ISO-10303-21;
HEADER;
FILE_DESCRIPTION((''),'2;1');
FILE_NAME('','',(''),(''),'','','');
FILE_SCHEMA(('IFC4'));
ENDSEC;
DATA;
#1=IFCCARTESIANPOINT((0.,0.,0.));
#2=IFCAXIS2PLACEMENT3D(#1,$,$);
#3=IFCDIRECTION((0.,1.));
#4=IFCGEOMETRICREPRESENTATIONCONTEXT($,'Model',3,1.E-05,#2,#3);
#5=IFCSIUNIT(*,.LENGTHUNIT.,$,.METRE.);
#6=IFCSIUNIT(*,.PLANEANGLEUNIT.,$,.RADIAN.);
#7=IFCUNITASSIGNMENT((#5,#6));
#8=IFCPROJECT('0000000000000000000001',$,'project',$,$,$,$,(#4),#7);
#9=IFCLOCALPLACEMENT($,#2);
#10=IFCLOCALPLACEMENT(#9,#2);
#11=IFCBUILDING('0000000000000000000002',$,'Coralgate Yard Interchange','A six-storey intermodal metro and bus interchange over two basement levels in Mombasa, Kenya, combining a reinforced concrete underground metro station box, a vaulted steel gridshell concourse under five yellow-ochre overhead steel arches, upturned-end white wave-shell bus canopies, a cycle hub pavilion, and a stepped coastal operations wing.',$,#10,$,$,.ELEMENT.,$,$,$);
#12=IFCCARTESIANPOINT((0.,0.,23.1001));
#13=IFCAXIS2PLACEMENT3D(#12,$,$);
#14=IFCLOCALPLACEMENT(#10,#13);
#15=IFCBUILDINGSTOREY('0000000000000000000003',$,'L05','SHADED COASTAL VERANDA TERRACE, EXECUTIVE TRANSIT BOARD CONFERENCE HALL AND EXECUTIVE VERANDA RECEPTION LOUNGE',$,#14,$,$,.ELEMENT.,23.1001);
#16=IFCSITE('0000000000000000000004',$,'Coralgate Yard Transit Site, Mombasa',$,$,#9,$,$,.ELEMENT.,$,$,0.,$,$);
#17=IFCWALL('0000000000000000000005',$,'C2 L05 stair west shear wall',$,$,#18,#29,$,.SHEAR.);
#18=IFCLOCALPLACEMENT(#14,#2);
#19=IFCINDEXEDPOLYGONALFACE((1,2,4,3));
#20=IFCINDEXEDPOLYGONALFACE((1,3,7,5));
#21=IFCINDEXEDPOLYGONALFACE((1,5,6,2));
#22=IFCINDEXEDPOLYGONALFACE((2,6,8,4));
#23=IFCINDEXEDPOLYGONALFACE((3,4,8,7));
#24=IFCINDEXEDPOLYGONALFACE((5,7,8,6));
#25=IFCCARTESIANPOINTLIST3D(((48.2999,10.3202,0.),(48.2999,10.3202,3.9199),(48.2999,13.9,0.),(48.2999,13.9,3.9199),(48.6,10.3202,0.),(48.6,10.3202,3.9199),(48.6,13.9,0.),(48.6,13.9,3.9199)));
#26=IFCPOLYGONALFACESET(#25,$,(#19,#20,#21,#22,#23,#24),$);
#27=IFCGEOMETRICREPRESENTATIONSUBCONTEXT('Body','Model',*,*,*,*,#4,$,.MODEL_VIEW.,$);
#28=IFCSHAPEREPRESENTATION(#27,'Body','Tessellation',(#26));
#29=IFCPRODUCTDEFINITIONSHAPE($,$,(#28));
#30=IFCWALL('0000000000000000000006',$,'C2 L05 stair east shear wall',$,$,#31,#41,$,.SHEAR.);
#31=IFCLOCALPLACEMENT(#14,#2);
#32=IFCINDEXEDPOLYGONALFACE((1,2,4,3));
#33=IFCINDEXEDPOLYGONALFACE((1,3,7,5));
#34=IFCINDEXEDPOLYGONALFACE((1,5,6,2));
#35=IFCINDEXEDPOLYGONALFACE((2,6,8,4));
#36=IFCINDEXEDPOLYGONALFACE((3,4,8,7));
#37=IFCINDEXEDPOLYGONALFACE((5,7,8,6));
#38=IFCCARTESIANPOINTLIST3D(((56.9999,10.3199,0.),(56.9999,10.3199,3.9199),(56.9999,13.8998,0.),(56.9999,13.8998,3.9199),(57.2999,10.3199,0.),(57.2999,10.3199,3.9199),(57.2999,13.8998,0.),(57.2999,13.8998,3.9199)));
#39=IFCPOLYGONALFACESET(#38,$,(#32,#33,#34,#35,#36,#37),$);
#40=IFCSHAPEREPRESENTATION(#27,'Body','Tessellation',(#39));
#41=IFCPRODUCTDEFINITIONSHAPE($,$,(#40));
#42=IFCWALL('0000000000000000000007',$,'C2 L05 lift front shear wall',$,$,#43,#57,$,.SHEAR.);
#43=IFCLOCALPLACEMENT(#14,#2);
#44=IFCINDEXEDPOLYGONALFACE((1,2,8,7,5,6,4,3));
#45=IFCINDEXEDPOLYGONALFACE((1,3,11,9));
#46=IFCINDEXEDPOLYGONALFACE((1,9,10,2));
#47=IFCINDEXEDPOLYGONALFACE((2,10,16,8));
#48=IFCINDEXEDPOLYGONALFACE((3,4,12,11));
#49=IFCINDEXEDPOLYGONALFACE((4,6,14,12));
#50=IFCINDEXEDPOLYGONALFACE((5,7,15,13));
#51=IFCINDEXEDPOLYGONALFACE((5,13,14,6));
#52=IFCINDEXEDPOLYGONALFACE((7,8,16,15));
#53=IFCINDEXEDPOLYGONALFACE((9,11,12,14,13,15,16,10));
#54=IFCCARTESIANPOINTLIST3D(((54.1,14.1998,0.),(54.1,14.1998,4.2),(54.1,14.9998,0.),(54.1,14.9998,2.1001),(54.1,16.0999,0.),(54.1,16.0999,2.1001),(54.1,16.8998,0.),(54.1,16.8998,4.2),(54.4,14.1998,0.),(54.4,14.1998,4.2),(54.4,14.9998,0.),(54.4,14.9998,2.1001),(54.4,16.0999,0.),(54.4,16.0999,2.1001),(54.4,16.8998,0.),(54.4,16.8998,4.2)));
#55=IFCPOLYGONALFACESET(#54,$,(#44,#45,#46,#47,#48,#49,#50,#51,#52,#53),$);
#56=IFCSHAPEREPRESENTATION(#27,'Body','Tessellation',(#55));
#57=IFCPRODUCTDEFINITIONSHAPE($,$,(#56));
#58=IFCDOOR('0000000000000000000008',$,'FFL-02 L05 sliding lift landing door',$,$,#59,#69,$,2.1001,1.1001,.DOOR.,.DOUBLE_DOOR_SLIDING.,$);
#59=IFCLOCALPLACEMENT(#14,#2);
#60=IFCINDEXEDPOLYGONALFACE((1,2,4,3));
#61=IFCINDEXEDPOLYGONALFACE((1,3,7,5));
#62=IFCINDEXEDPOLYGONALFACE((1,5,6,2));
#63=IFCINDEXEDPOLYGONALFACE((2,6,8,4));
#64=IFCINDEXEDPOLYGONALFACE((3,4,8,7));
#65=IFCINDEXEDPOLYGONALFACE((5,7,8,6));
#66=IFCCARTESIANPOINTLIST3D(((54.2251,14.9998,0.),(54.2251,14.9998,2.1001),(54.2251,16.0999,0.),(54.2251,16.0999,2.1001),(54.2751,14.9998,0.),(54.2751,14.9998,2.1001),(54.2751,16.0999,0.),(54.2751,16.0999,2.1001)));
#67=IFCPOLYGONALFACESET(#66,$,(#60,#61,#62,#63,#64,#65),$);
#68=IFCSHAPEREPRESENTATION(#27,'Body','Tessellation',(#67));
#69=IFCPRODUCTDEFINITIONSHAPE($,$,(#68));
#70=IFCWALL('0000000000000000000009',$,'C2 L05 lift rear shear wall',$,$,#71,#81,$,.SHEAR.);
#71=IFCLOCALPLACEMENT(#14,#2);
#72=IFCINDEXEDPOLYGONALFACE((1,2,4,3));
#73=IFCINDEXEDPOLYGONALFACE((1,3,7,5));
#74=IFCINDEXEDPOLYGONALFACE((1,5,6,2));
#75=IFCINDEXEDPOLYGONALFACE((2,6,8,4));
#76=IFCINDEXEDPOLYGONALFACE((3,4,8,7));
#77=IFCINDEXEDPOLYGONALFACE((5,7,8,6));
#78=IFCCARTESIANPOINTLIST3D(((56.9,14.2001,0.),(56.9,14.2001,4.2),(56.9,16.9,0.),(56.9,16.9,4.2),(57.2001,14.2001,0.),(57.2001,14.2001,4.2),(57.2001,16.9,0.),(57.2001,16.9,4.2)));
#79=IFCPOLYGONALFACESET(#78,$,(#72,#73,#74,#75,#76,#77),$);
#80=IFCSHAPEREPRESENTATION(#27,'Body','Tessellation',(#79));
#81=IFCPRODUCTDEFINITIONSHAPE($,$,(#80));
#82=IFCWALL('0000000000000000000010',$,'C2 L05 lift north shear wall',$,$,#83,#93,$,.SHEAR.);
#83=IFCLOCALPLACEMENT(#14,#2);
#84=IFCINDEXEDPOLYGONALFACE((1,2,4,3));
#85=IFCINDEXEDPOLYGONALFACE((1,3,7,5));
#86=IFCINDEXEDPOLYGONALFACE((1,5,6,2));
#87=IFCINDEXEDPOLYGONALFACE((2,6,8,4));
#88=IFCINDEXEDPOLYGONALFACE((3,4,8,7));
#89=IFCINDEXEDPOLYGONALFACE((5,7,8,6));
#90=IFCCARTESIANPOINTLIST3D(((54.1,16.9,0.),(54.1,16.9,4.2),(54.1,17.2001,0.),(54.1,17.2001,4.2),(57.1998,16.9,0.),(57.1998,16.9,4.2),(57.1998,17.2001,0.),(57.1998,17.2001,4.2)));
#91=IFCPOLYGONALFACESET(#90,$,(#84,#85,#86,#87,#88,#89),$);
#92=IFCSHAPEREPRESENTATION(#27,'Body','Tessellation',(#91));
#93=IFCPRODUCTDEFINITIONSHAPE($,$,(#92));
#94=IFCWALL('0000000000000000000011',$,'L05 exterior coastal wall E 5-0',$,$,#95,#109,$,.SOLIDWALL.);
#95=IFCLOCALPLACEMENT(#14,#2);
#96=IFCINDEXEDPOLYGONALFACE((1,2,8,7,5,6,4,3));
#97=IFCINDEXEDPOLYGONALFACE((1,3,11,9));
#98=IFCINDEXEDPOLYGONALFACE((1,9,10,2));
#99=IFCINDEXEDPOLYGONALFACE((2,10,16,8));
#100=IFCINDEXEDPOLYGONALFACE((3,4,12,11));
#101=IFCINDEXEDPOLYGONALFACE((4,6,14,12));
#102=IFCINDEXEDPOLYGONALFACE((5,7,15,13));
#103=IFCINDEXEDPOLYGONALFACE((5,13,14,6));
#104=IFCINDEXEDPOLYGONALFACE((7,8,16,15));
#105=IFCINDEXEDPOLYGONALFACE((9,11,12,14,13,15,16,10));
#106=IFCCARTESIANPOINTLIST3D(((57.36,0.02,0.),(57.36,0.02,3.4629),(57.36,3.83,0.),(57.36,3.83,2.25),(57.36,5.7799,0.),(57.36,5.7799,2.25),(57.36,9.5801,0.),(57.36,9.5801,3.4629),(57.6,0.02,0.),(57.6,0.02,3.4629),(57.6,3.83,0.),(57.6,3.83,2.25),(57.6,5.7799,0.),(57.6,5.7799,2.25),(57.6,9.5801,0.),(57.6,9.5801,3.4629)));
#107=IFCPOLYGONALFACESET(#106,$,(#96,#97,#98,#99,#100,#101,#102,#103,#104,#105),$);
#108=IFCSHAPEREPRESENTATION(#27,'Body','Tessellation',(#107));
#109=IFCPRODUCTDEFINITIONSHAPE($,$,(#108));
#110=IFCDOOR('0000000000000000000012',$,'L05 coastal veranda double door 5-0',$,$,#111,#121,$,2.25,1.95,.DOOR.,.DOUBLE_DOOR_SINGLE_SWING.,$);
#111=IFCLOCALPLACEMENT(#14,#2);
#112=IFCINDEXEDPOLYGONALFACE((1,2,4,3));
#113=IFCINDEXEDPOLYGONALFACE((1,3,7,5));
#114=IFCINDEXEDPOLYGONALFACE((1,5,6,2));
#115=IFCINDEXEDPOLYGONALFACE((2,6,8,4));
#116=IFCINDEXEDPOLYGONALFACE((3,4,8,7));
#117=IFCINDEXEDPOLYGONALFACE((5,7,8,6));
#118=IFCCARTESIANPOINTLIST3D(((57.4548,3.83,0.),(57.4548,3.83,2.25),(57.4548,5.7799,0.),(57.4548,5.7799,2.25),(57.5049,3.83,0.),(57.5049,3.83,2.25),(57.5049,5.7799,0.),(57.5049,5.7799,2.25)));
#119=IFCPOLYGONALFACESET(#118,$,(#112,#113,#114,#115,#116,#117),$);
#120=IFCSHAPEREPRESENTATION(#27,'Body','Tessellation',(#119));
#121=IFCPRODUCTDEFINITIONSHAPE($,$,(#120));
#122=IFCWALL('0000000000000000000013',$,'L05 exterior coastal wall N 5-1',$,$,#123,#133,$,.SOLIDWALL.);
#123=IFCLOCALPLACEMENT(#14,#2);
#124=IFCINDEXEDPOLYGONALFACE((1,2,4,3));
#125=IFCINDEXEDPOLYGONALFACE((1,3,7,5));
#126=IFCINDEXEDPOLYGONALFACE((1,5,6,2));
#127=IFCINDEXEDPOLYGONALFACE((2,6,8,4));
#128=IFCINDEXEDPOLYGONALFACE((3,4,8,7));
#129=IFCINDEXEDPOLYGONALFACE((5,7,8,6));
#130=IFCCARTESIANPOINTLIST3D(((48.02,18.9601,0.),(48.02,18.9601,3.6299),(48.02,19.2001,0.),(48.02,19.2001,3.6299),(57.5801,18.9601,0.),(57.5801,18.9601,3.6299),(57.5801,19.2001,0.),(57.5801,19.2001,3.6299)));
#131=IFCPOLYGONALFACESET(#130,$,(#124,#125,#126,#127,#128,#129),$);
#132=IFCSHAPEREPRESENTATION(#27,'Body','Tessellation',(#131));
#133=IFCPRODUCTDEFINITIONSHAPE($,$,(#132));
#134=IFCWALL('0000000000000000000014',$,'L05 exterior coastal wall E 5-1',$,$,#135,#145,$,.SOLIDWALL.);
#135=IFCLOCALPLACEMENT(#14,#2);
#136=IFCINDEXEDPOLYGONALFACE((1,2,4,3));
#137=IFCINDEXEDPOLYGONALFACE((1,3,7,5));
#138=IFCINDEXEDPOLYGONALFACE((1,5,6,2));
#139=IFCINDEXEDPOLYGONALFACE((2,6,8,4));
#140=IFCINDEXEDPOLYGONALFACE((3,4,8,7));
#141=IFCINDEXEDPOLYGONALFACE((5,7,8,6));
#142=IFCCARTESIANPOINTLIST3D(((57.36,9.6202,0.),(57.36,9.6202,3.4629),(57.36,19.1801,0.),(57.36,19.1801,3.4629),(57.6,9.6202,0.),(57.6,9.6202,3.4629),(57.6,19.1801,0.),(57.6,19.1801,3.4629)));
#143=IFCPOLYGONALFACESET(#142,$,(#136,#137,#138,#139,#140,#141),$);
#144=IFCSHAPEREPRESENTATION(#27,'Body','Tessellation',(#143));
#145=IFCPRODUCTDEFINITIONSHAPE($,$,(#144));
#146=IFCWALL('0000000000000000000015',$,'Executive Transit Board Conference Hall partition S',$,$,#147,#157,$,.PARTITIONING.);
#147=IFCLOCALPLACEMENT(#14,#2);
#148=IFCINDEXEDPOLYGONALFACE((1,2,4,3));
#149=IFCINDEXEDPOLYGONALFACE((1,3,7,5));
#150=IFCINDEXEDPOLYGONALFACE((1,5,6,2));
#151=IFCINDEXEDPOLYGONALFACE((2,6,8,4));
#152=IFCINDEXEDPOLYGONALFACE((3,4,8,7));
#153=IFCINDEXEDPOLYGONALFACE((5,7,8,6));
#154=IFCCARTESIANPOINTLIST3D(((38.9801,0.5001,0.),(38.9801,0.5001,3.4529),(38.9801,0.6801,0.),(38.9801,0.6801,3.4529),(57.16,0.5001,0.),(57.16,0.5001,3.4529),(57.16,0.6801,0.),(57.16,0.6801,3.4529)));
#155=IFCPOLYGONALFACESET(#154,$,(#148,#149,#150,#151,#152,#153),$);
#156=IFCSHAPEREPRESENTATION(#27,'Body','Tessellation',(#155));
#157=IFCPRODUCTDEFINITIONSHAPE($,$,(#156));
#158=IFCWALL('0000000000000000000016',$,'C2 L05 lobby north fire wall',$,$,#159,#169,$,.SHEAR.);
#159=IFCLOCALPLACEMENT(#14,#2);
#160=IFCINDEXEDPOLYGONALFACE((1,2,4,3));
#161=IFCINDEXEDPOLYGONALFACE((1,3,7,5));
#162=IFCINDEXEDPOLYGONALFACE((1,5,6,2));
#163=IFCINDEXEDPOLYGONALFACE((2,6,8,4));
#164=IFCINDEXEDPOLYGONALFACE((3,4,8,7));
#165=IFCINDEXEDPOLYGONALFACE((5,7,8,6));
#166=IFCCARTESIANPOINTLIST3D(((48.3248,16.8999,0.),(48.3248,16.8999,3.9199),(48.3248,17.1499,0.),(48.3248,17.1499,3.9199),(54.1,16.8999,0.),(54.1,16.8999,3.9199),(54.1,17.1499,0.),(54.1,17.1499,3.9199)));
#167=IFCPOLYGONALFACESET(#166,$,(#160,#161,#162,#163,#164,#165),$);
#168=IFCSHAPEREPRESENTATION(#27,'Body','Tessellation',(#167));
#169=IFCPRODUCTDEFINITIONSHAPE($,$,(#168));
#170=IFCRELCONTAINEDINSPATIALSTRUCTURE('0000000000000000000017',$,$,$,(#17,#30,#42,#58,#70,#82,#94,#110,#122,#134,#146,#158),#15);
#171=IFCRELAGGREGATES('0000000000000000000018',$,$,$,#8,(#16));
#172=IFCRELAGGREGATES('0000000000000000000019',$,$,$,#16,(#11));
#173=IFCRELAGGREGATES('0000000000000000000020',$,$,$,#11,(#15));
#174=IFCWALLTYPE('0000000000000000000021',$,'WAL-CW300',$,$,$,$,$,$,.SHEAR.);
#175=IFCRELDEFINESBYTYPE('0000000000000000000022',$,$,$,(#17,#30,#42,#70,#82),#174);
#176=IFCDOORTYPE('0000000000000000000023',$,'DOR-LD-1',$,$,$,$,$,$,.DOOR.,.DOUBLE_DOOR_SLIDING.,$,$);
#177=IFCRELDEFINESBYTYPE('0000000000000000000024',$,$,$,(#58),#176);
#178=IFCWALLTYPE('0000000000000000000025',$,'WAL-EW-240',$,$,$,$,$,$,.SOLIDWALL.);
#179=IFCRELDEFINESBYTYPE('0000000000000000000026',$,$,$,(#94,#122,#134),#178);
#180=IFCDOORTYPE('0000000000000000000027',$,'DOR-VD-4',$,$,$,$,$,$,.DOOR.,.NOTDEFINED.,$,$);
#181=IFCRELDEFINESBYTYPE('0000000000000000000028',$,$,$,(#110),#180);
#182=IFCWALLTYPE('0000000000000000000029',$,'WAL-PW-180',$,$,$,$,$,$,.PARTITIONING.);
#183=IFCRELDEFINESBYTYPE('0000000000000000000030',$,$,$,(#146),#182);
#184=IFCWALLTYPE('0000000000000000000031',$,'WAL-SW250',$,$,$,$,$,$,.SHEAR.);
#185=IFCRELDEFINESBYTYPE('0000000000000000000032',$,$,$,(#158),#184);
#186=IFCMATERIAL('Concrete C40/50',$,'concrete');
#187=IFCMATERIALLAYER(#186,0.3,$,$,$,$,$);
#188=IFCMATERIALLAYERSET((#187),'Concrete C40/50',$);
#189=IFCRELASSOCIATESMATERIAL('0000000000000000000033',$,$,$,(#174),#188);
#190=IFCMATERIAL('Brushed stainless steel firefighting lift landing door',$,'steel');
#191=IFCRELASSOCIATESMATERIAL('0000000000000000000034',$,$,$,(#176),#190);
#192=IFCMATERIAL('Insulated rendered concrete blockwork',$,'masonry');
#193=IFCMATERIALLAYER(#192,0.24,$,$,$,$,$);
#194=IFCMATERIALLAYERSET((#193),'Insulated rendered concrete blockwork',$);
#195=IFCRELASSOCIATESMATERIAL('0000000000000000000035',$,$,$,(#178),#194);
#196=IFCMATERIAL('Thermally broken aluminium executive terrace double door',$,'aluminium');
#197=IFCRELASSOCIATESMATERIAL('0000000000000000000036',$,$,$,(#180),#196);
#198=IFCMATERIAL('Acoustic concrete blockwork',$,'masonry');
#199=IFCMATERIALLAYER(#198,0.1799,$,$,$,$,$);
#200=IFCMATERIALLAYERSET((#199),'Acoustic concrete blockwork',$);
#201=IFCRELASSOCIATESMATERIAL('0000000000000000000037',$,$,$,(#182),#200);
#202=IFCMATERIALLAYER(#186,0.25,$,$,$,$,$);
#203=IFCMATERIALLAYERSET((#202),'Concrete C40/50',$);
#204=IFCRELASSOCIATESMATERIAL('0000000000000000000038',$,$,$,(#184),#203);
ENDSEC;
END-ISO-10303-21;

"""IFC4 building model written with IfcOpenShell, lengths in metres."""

from ifc_helpers import new_model, si_unit, direction, frame, frame_2d, origin, place, context, subcontext, project, spatial, rectangle, extrude, material, layer, layer_set, type_object, element, fill, save


model = new_model("IFC4")

# Units and contexts
model_context = context("Model", 3, precision=1e-05, world=origin(), true_north=direction((0.0, 1.0)))
body_context = subcontext(model_context, "Body", "Model", "MODEL_VIEW")
ifc_project = project(units=[si_unit("LENGTHUNIT", "METRE"), si_unit("PLANEANGLEUNIT", "RADIAN")], contexts=[model_context])

# Site, building, storey
site_placement = place(None, origin())
site = spatial("IfcSite", under=ifc_project, at=site_placement, Name="Coralgate Yard Transit Site, Mombasa", CompositionType="ELEMENT", RefElevation=0.0)
building_placement = place(site_placement, origin())
building = spatial("IfcBuilding", under=site, at=building_placement, Name="Coralgate Yard Interchange", Description="A six-storey intermodal metro and bus interchange over two basement levels in Mombasa, Kenya, combining a reinforced concrete underground metro station box, a vaulted steel gridshell concourse under five yellow-ochre overhead steel arches, upturned-end white wave-shell bus canopies, a cycle hub pavilion, and a stepped coastal operations wing.", CompositionType="ELEMENT")
storey_placement = place(building_placement, frame((0.0, 0.0, 23.1001)))
storey = spatial("IfcBuildingStorey", under=building, at=storey_placement, Name="L05", Description="SHADED COASTAL VERANDA TERRACE, EXECUTIVE TRANSIT BOARD CONFERENCE HALL AND EXECUTIVE VERANDA RECEPTION LOUNGE", CompositionType="ELEMENT", Elevation=23.1001)

# Shared definitions
ifc_material_1 = material(Name="Concrete C40/50", Category="concrete")
ifc_layer_1 = layer(ifc_material_1, 0.3)
ifc_layer_set_1 = layer_set([ifc_layer_1], Name="Concrete C40/50")
wall_type_1 = type_object("IfcWallType", Name="WAL-CW300", PredefinedType="SHEAR", material=ifc_layer_set_1)

# Walls
for number, where, z_axis, x_axis, name in (
    (1, (48.45, 10.3201, 0.0), (0.0, 0.0, 1.0), (0.0, 1.0, 0.0), "C2 L05 stair west shear wall"),
    (2, (57.1499, 13.8999, 0.0), (0.0, 0.0, 1.0), (0.0, -1.0, 0.0), "C2 L05 stair east shear wall"),
):
    element("IfcWall", number, at=place(storey_placement, frame(where, z_axis=z_axis, x_axis=x_axis)), inside=storey, type_object=wall_type_1, Name=name, PredefinedType="SHEAR", context=body_context, shape_type="SweptSolid", body=[
        extrude(rectangle(XDim=3.5798, YDim=0.3, at=frame_2d((1.79, 0.0))), origin(), (0.0, 0.0, 1.0), 3.9199),
    ])

# Wall, opening, door
wall_1_placement = place(storey_placement, frame((54.25, 16.8999, 0.0), z_axis=(0.0, 0.0, 1.0), x_axis=(0.0, -1.0, 0.0)))
wall_1 = element("IfcWall", 3, at=wall_1_placement, inside=storey, type_object=wall_type_1, Name="C2 L05 lift front shear wall", PredefinedType="SHEAR", context=body_context, shape_type="SweptSolid", body=[
    extrude(rectangle(XDim=2.7, YDim=0.3, at=frame_2d((1.3501, 0.0))), origin(), (0.0, 0.0, 1.0), 4.2),
])
opening_1_placement = place(wall_1_placement, frame((0.8, 0.0, 0.0)))
opening_1 = element("IfcOpeningElement", 4, at=opening_1_placement, cuts=wall_1, PredefinedType="OPENING", context=body_context, shape_type="SweptSolid", body=[
    extrude(rectangle(XDim=1.1001, YDim=2.1001, at=frame_2d((0.55, 1.05))), frame((0.0, 0.1599, 0.0), z_axis=(0.0, -1.0, 0.0), x_axis=(1.0, 0.0, 0.0)), (0.0, 0.0, 1.0), 0.3201),
])
ifc_material_2 = material(Name="Brushed stainless steel firefighting lift landing door", Category="steel")
door_type_1 = type_object("IfcDoorType", Name="DOR-LD-1", OperationType="DOUBLE_DOOR_SLIDING", PredefinedType="DOOR", material=ifc_material_2)
door_1_placement = place(opening_1_placement, frame((1.1001, 0.0, 0.0), z_axis=(0.0, 0.0, 1.0), x_axis=(-1.0, 0.0, 0.0)))
door_1 = element("IfcDoor", 5, at=door_1_placement, inside=storey, type_object=door_type_1, Name="FFL-02 L05 sliding lift landing door", OperationType="DOUBLE_DOOR_SLIDING", OverallHeight=2.1001, OverallWidth=1.1001, PredefinedType="DOOR", context=body_context, shape_type="SweptSolid", body=[
    extrude(rectangle(XDim=1.1001, YDim=2.1001, at=frame_2d((0.55, 1.05))), frame((0.0, 0.0249, 0.0), z_axis=(0.0, -1.0, 0.0), x_axis=(1.0, 0.0, 0.0)), (0.0, 0.0, 1.0), 0.05),
])
fill(opening_1, door_1)

# Walls
wall_2_placement = place(storey_placement, frame((57.05, 14.2, 0.0), z_axis=(0.0, 0.0, 1.0), x_axis=(0.0, 1.0, 0.0)))
element("IfcWall", 6, at=wall_2_placement, inside=storey, type_object=wall_type_1, Name="C2 L05 lift rear shear wall", PredefinedType="SHEAR", context=body_context, shape_type="SweptSolid", body=[
    extrude(rectangle(XDim=2.7, YDim=0.3, at=frame_2d((1.3501, 0.0))), origin(), (0.0, 0.0, 1.0), 4.2),
])
wall_3_placement = place(storey_placement, frame((54.1001, 17.05, 0.0), z_axis=(0.0, 0.0, 1.0), x_axis=(1.0, 0.0, 0.0)))
element("IfcWall", 7, at=wall_3_placement, inside=storey, type_object=wall_type_1, Name="C2 L05 lift north shear wall", PredefinedType="SHEAR", context=body_context, shape_type="SweptSolid", body=[
    extrude(rectangle(XDim=3.0999, YDim=0.3, at=frame_2d((1.5498, 0.0))), origin(), (0.0, 0.0, 1.0), 4.2),
])

# Wall, opening, door
ifc_material_3 = material(Name="Insulated rendered concrete blockwork", Category="masonry")
ifc_layer_2 = layer(ifc_material_3, 0.24)
ifc_layer_set_2 = layer_set([ifc_layer_2], Name="Insulated rendered concrete blockwork")
wall_type_2 = type_object("IfcWallType", Name="WAL-EW-240", PredefinedType="SOLIDWALL", material=ifc_layer_set_2)
wall_4_placement = place(storey_placement, frame((57.48, 9.5801, 0.0), z_axis=(0.0, 0.0, 1.0), x_axis=(0.0, -1.0, 0.0)))
wall_4 = element("IfcWall", 8, at=wall_4_placement, inside=storey, type_object=wall_type_2, Name="L05 exterior coastal wall E 5-0", PredefinedType="SOLIDWALL", context=body_context, shape_type="SweptSolid", body=[
    extrude(rectangle(XDim=9.5601, YDim=0.24, at=frame_2d((4.78, 0.0))), origin(), (0.0, 0.0, 1.0), 3.4629),
])
opening_2_placement = place(wall_4_placement, frame((3.8, 0.0, 0.0)))
opening_2 = element("IfcOpeningElement", 9, at=opening_2_placement, cuts=wall_4, PredefinedType="OPENING", context=body_context, shape_type="SweptSolid", body=[
    extrude(rectangle(XDim=1.95, YDim=2.25, at=frame_2d((0.9751, 1.125))), frame((0.0, 0.1299, 0.0), z_axis=(0.0, -1.0, 0.0), x_axis=(1.0, 0.0, 0.0)), (0.0, 0.0, 1.0), 0.26),
])
ifc_material_4 = material(Name="Thermally broken aluminium executive terrace double door", Category="aluminium")
door_type_2 = type_object("IfcDoorType", Name="DOR-VD-4", OperationType="NOTDEFINED", PredefinedType="DOOR", material=ifc_material_4)
door_2_placement = place(opening_2_placement, origin())
door_2 = element("IfcDoor", 10, at=door_2_placement, inside=storey, type_object=door_type_2, Name="L05 coastal veranda double door 5-0", OperationType="DOUBLE_DOOR_SINGLE_SWING", OverallHeight=2.25, OverallWidth=1.95, PredefinedType="DOOR", context=body_context, shape_type="SweptSolid", body=[
    extrude(rectangle(XDim=1.95, YDim=2.25, at=frame_2d((0.9751, 1.125))), frame((0.0, 0.0249, 0.0), z_axis=(0.0, -1.0, 0.0), x_axis=(1.0, 0.0, 0.0)), (0.0, 0.0, 1.0), 0.05),
])
fill(opening_2, door_2)

# Walls
wall_5_placement = place(storey_placement, frame((48.02, 19.0801, 0.0), z_axis=(0.0, 0.0, 1.0), x_axis=(1.0, 0.0, 0.0)))
element("IfcWall", 11, at=wall_5_placement, inside=storey, type_object=wall_type_2, Name="L05 exterior coastal wall N 5-1", PredefinedType="SOLIDWALL", context=body_context, shape_type="SweptSolid", body=[
    extrude(rectangle(XDim=9.5601, YDim=0.24, at=frame_2d((4.78, 0.0))), origin(), (0.0, 0.0, 1.0), 3.6299),
])
wall_6_placement = place(storey_placement, frame((57.48, 19.1799, 0.0), z_axis=(0.0, 0.0, 1.0), x_axis=(0.0, -1.0, 0.0)))
element("IfcWall", 12, at=wall_6_placement, inside=storey, type_object=wall_type_2, Name="L05 exterior coastal wall E 5-1", PredefinedType="SOLIDWALL", context=body_context, shape_type="SweptSolid", body=[
    extrude(rectangle(XDim=9.5598, YDim=0.24, at=frame_2d((4.7798, 0.0))), origin(), (0.0, 0.0, 1.0), 3.4629),
])
ifc_material_5 = material(Name="Acoustic concrete blockwork", Category="masonry")
ifc_layer_3 = layer(ifc_material_5, 0.1799)
ifc_layer_set_3 = layer_set([ifc_layer_3], Name="Acoustic concrete blockwork")
wall_type_3 = type_object("IfcWallType", Name="WAL-PW-180", PredefinedType="PARTITIONING", material=ifc_layer_set_3)
wall_7_placement = place(storey_placement, frame((57.1599, 0.5901, 0.0), z_axis=(0.0, 0.0, 1.0), x_axis=(-1.0, 0.0, 0.0)))
element("IfcWall", 13, at=wall_7_placement, inside=storey, type_object=wall_type_3, Name="Executive Transit Board Conference Hall partition S", PredefinedType="PARTITIONING", context=body_context, shape_type="SweptSolid", body=[
    extrude(rectangle(XDim=18.1799, YDim=0.1799, at=frame_2d((9.0898, 0.0))), origin(), (0.0, 0.0, 1.0), 3.4529),
])
ifc_layer_4 = layer(ifc_material_1, 0.25)
ifc_layer_set_4 = layer_set([ifc_layer_4], Name="Concrete C40/50")
wall_type_4 = type_object("IfcWallType", Name="WAL-SW250", PredefinedType="SHEAR", material=ifc_layer_set_4)
wall_8_placement = place(storey_placement, frame((54.1001, 17.0249, 0.0), z_axis=(0.0, 0.0, 1.0), x_axis=(-1.0, 0.0, 0.0)))
element("IfcWall", 14, at=wall_8_placement, inside=storey, type_object=wall_type_4, Name="C2 L05 lobby north fire wall", PredefinedType="SHEAR", context=body_context, shape_type="SweptSolid", body=[
    extrude(rectangle(XDim=5.7751, YDim=0.25, at=frame_2d((2.8877, 0.0))), origin(), (0.0, 0.0, 1.0), 3.9199),
])

save(model, "model.ifc")
